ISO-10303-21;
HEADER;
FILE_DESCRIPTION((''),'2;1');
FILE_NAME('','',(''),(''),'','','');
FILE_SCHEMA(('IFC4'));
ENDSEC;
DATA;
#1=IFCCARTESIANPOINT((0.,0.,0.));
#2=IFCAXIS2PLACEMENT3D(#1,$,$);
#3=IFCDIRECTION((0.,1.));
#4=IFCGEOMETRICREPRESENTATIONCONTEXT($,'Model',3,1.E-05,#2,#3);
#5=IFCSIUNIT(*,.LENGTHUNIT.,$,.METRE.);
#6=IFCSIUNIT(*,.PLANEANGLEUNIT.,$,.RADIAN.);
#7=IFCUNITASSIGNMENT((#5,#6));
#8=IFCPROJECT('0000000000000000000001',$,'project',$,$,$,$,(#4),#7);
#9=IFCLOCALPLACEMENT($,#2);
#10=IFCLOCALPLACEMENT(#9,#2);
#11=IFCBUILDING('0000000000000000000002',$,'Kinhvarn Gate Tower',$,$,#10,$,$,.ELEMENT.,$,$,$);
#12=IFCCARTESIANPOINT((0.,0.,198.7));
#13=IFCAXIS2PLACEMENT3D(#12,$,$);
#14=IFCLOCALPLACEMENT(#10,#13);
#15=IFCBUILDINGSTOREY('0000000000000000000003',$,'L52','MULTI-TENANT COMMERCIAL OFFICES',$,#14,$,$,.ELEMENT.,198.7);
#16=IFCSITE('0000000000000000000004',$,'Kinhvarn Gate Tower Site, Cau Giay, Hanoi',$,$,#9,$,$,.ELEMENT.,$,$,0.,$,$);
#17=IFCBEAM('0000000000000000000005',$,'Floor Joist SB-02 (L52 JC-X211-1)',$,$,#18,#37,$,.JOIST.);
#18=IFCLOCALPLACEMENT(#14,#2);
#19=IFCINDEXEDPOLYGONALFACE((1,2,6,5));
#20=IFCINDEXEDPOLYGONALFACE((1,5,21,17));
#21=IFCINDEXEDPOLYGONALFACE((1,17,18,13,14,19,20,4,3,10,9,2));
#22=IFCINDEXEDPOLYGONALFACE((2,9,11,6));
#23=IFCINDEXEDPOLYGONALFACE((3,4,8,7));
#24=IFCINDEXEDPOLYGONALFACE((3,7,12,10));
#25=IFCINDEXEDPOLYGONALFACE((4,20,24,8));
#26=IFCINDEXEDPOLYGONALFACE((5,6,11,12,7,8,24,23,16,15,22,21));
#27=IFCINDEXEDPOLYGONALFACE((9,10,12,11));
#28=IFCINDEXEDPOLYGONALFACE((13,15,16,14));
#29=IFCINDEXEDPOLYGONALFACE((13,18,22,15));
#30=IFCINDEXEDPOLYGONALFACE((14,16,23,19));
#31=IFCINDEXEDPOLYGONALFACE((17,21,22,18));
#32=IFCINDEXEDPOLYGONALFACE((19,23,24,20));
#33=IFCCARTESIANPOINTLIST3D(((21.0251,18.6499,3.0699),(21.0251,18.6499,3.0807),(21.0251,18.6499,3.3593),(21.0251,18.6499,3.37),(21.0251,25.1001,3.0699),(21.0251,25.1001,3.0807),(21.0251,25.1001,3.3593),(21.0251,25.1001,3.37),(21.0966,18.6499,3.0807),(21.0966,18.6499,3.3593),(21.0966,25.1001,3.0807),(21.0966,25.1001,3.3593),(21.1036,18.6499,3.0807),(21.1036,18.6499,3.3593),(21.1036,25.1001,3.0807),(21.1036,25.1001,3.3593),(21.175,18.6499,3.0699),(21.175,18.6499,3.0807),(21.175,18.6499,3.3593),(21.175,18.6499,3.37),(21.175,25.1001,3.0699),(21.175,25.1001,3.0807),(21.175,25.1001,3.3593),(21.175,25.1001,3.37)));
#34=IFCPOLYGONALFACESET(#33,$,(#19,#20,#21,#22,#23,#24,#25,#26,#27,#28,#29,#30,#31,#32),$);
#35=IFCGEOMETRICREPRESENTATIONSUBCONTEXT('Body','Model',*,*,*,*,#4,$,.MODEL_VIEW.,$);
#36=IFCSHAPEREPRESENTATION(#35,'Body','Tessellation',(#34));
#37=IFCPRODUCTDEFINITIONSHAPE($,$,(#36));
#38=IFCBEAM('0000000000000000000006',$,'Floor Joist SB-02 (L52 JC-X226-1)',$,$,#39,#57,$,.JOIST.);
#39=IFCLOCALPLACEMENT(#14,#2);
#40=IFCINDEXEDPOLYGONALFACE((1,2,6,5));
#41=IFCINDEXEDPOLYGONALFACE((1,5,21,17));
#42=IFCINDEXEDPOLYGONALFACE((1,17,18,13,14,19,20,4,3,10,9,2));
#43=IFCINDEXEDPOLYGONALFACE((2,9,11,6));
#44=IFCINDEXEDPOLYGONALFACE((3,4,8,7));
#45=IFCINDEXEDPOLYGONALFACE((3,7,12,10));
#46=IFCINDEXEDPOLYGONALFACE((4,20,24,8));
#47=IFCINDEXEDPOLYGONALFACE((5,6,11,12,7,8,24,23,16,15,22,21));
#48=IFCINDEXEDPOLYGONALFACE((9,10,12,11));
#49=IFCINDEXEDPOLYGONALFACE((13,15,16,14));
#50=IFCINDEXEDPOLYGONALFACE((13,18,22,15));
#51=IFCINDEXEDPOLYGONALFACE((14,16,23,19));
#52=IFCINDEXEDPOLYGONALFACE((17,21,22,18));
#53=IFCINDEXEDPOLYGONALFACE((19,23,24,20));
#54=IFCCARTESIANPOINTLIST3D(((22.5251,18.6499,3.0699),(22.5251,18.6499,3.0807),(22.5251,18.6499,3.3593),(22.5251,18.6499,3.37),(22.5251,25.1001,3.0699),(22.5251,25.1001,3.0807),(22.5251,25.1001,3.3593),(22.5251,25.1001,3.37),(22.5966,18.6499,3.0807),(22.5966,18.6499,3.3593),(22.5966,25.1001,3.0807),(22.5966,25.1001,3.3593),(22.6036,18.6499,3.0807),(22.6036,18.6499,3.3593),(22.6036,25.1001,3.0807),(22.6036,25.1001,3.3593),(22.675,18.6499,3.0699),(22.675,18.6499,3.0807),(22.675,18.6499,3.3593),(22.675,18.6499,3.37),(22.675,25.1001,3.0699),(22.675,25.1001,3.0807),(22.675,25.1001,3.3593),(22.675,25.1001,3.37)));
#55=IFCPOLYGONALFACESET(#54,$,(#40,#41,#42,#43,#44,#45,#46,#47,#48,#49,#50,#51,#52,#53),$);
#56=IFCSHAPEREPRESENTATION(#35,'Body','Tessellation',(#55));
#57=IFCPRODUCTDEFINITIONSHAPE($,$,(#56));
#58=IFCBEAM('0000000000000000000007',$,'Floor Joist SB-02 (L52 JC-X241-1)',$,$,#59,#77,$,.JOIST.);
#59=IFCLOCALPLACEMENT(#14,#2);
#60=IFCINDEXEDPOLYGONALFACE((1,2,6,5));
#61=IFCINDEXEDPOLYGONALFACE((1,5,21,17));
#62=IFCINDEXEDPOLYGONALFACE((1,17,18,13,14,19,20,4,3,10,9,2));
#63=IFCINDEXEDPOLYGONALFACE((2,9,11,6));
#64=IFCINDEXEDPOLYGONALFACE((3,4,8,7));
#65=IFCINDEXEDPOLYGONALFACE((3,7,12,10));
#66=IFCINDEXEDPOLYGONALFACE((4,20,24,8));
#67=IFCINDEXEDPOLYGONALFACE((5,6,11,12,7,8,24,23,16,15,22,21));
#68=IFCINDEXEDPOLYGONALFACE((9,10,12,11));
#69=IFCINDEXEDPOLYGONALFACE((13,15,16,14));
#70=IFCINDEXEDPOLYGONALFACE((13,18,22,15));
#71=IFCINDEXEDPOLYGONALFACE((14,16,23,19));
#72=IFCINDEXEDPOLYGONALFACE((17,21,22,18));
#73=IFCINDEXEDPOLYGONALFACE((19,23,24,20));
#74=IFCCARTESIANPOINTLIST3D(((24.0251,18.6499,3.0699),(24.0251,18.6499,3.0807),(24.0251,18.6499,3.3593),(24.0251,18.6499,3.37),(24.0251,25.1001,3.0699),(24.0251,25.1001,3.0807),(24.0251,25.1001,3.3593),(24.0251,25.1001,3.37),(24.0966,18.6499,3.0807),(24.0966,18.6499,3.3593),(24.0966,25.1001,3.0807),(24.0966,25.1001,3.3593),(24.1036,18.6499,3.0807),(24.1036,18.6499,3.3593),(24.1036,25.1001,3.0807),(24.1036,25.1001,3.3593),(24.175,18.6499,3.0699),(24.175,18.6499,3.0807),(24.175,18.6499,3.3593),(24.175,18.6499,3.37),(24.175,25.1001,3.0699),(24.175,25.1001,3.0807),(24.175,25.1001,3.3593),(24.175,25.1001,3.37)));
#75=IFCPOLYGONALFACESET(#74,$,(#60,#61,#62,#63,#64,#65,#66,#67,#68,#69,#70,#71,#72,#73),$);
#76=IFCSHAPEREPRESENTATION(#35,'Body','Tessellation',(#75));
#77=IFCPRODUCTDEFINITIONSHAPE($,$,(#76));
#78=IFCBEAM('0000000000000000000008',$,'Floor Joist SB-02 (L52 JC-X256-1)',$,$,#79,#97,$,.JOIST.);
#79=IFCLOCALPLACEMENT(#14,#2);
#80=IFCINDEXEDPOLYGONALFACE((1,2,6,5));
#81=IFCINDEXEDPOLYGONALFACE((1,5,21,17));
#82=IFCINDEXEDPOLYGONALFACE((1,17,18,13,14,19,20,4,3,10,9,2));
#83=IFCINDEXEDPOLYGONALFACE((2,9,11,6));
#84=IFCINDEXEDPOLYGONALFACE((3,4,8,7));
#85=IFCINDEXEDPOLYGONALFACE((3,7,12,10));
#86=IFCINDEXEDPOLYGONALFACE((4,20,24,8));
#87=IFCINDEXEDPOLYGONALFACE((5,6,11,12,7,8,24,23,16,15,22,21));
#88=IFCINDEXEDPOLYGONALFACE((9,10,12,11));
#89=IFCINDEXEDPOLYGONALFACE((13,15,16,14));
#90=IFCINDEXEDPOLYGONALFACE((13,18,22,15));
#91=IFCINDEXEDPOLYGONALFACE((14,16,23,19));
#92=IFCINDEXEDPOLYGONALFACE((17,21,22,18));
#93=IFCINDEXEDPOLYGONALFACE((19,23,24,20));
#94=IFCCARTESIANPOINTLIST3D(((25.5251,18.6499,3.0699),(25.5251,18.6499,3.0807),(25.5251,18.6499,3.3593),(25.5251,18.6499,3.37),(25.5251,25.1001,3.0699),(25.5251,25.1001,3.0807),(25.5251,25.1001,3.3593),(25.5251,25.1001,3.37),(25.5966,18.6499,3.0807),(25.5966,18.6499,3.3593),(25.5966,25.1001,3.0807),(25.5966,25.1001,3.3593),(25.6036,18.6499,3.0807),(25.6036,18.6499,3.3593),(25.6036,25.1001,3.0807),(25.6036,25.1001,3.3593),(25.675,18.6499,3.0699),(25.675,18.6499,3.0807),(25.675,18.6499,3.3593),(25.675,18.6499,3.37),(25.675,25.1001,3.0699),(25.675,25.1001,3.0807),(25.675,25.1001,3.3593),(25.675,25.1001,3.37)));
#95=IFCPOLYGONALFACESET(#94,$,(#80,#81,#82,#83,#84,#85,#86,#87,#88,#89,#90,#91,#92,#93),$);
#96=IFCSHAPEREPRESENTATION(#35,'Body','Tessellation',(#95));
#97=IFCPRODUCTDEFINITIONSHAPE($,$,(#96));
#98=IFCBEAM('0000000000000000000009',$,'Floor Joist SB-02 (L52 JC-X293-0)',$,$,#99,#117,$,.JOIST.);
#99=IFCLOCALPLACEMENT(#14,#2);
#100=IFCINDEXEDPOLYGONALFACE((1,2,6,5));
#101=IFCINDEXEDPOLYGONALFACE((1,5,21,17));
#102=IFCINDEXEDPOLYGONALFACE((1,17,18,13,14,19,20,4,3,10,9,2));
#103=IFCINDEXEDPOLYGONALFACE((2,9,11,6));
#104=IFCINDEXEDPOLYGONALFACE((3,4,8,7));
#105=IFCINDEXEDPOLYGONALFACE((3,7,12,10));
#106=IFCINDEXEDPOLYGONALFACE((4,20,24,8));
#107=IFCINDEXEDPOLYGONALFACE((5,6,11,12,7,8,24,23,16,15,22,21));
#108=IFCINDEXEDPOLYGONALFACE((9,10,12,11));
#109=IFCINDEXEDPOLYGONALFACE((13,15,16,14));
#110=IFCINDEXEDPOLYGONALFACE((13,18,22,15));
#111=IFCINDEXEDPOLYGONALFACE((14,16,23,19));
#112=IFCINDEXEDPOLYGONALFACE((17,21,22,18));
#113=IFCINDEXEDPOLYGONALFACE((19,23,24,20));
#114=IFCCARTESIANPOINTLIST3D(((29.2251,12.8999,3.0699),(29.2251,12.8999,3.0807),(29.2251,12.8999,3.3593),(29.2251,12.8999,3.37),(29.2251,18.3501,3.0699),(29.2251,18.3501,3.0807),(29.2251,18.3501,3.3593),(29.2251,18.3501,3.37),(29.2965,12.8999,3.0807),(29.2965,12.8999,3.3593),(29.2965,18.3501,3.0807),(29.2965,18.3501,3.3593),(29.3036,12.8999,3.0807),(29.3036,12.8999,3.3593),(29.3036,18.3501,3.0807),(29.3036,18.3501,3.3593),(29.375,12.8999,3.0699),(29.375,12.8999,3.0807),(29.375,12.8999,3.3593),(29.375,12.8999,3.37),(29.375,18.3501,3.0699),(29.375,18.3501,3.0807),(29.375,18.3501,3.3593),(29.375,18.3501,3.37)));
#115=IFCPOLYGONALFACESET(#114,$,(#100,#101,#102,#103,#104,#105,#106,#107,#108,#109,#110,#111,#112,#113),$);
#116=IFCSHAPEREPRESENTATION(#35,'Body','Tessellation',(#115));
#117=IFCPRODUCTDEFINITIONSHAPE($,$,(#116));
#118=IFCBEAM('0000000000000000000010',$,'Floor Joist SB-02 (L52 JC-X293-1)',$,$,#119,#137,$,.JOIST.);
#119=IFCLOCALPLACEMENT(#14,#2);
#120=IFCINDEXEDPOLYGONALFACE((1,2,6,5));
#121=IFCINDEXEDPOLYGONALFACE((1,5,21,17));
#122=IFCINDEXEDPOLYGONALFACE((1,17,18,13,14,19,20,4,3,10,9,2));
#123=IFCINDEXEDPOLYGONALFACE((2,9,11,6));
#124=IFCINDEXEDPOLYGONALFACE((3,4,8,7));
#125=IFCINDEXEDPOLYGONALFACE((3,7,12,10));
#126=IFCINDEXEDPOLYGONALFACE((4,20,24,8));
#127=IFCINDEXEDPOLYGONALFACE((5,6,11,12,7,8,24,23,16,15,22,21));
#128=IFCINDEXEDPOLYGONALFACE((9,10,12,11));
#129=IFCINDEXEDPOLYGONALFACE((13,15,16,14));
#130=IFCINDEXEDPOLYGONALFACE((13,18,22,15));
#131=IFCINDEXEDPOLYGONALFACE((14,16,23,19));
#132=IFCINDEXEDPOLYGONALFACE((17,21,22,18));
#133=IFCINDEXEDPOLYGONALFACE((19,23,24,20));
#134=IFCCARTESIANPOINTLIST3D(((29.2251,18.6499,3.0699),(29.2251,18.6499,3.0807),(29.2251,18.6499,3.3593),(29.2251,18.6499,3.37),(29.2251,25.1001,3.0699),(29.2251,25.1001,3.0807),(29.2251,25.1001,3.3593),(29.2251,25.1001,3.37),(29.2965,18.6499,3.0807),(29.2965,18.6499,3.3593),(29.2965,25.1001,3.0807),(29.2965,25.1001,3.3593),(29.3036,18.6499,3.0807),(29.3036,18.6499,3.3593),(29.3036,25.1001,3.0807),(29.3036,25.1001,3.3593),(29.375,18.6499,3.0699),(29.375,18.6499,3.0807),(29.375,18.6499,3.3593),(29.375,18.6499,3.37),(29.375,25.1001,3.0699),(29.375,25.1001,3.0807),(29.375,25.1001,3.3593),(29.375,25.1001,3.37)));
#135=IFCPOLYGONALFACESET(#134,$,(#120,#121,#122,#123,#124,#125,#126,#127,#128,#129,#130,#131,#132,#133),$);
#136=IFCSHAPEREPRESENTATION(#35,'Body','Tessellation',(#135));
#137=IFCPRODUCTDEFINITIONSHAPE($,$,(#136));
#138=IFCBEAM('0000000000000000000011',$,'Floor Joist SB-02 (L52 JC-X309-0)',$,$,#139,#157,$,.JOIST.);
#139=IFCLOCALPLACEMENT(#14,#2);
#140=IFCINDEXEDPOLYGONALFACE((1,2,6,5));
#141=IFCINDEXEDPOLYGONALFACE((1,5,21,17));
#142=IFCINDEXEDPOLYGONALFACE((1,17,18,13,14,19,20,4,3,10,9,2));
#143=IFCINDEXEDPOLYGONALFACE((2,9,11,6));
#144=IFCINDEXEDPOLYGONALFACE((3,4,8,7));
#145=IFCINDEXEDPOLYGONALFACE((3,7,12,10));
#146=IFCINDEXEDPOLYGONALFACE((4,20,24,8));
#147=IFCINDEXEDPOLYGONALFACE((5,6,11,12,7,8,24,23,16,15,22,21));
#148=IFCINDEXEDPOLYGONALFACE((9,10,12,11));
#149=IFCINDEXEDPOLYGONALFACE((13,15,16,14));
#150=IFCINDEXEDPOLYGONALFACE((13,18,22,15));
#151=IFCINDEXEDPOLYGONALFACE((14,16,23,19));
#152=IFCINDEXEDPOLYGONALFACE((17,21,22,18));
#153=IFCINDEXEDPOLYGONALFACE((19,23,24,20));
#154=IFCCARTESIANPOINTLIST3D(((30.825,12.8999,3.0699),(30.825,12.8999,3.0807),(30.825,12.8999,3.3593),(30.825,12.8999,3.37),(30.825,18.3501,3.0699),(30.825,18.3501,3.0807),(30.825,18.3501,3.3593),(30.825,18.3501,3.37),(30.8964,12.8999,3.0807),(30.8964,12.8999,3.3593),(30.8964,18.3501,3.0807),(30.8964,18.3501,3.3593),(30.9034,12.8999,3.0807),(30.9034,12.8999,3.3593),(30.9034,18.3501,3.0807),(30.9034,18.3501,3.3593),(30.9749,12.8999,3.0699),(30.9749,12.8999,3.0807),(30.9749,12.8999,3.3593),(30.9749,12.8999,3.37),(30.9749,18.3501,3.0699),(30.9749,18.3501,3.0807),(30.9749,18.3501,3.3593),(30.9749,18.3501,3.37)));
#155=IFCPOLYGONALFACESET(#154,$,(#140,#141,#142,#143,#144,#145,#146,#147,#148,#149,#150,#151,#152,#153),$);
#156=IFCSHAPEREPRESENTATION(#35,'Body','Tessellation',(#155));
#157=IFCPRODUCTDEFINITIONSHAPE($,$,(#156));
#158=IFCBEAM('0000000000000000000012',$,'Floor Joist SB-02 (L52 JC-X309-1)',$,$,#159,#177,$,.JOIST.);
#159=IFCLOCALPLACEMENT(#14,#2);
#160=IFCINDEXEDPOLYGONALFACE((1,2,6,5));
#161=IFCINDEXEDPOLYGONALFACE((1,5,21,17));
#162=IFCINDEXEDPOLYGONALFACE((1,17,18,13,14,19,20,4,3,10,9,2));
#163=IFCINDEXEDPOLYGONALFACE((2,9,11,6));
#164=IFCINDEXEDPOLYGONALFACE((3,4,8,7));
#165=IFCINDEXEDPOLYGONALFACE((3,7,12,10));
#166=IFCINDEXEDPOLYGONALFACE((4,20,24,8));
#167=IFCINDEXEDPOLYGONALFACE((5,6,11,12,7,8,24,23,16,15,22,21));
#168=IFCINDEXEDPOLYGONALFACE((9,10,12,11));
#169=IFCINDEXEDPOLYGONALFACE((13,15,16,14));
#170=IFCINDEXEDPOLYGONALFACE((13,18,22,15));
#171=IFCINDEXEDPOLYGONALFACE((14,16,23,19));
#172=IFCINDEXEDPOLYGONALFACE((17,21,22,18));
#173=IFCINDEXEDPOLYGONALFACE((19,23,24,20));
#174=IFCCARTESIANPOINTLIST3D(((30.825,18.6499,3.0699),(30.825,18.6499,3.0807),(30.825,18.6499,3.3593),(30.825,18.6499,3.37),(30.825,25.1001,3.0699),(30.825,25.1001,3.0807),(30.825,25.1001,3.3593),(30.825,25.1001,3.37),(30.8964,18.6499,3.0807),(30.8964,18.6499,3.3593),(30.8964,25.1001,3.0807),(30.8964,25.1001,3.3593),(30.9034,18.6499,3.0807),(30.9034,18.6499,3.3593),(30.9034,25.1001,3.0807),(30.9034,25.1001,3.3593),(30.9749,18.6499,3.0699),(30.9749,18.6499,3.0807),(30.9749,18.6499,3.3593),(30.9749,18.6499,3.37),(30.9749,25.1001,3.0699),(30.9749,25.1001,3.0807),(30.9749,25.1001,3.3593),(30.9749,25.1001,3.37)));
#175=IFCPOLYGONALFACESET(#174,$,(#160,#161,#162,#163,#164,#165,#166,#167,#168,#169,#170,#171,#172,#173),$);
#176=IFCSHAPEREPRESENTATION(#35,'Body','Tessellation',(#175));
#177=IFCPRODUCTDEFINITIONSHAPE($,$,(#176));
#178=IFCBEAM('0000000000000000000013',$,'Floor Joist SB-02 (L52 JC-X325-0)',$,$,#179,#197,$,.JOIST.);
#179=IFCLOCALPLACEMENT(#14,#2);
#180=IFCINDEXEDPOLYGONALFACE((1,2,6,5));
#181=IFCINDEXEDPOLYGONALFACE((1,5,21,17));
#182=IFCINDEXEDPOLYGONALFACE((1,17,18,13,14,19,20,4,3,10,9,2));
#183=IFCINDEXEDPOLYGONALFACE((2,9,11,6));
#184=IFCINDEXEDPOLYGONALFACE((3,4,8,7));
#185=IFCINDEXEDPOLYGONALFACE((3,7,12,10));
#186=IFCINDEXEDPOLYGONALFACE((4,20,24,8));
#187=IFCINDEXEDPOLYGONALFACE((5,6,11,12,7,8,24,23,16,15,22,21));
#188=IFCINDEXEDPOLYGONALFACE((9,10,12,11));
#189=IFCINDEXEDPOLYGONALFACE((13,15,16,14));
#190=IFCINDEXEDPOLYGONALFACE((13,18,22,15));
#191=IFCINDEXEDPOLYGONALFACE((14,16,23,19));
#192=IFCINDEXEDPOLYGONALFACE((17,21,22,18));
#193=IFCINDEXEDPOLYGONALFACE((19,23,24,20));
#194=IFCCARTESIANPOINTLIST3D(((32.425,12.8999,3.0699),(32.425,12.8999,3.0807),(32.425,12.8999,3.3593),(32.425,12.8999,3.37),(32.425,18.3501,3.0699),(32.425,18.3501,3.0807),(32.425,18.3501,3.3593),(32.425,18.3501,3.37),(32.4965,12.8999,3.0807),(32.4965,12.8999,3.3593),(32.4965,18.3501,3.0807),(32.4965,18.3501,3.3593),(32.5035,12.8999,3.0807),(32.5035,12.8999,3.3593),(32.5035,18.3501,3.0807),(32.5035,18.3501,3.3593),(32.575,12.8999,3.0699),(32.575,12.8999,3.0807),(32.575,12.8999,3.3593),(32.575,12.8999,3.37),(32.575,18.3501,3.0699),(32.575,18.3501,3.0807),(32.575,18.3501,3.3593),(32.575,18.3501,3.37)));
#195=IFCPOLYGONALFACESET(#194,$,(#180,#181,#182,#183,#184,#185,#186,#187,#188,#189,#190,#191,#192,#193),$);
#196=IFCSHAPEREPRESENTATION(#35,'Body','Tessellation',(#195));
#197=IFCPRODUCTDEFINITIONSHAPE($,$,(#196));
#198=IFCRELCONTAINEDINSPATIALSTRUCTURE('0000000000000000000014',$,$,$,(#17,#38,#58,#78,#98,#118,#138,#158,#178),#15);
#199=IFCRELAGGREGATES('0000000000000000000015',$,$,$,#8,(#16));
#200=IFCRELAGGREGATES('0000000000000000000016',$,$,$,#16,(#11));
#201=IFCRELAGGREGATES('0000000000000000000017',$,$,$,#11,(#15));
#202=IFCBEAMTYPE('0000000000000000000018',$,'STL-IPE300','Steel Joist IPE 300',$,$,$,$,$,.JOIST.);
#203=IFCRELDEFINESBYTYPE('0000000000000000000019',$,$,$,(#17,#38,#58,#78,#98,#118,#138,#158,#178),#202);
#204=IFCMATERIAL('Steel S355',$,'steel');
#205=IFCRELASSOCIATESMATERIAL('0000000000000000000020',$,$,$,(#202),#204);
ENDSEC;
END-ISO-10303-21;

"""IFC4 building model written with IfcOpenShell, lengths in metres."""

from ifc_helpers import new_model, si_unit, direction, frame, origin, origin_2d, place, context, subcontext, project, spatial, i_section, extrude, material, material_profile, profile_set, type_object, element, save


model = new_model("IFC4")

# Units and contexts
model_context = context("Model", 3, precision=1e-05, world=origin(), true_north=direction((0.0, 1.0)))
body_context = subcontext(model_context, "Body", "Model", "MODEL_VIEW")
ifc_project = project(units=[si_unit("LENGTHUNIT", "METRE"), si_unit("PLANEANGLEUNIT", "RADIAN")], contexts=[model_context])

# Site, building, storey
site_placement = place(None, origin())
site = spatial("IfcSite", under=ifc_project, at=site_placement, Name="Kinhvarn Gate Tower Site, Cau Giay, Hanoi", CompositionType="ELEMENT", RefElevation=0.0)
building_placement = place(site_placement, origin())
building = spatial("IfcBuilding", under=site, at=building_placement, Name="Kinhvarn Gate Tower", CompositionType="ELEMENT")
storey_placement = place(building_placement, frame((0.0, 0.0, 198.7)))
storey = spatial("IfcBuildingStorey", under=building, at=storey_placement, Name="L52", Description="MULTI-TENANT COMMERCIAL OFFICES", CompositionType="ELEMENT", Elevation=198.7)

# Beams
ifc_material_1 = material(Name="Steel S355", Category="steel")
ifc_material_profile = material_profile(ifc_material_1, i_section(OverallWidth=0.1499, OverallDepth=0.3, WebThickness=0.0071, FlangeThickness=0.0107, at=origin_2d()), Name="IPE 300")
ifc_profile_set = profile_set([ifc_material_profile], Name="Steel S355")
beam_type = type_object("IfcBeamType", Name="STL-IPE300", Description="Steel Joist IPE 300", PredefinedType="JOIST", material=ifc_profile_set)
for number, where, z_axis, x_axis, name in (
    (1, (21.1001, 18.6499, 3.22), (0.0, 1.0, 0.0), (-1.0, 0.0, 0.0), "Floor Joist SB-02 (L52 JC-X211-1)"),
    (2, (22.6001, 18.6499, 3.22), (0.0, 1.0, 0.0), (-1.0, 0.0, 0.0), "Floor Joist SB-02 (L52 JC-X226-1)"),
    (3, (24.1001, 18.6499, 3.22), (0.0, 1.0, 0.0), (-1.0, 0.0, 0.0), "Floor Joist SB-02 (L52 JC-X241-1)"),
    (4, (25.6001, 18.6499, 3.22), (0.0, 1.0, 0.0), (-1.0, 0.0, 0.0), "Floor Joist SB-02 (L52 JC-X256-1)"),
):
    element("IfcBeam", number, at=place(storey_placement, frame(where, z_axis=z_axis, x_axis=x_axis)), inside=storey, type_object=beam_type, Name=name, PredefinedType="JOIST", context=body_context, shape_type="SweptSolid", body=[
        extrude(i_section(OverallWidth=0.1499, OverallDepth=0.3, WebThickness=0.0071, FlangeThickness=0.0107, at=origin_2d()), origin(), (0.0, 0.0, 1.0), 6.4502),
    ])
beam_1_placement = place(storey_placement, frame((29.3, 12.8999, 3.22), z_axis=(0.0, 1.0, 0.0), x_axis=(-1.0, 0.0, 0.0)))
element("IfcBeam", 5, at=beam_1_placement, inside=storey, type_object=beam_type, Name="Floor Joist SB-02 (L52 JC-X293-0)", PredefinedType="JOIST", context=body_context, shape_type="SweptSolid", body=[
    extrude(i_section(OverallWidth=0.1499, OverallDepth=0.3, WebThickness=0.0071, FlangeThickness=0.0107, at=origin_2d()), origin(), (0.0, 0.0, 1.0), 5.4502),
])
beam_2_placement = place(storey_placement, frame((29.3, 18.6499, 3.22), z_axis=(0.0, 1.0, 0.0), x_axis=(-1.0, 0.0, 0.0)))
element("IfcBeam", 6, at=beam_2_placement, inside=storey, type_object=beam_type, Name="Floor Joist SB-02 (L52 JC-X293-1)", PredefinedType="JOIST", context=body_context, shape_type="SweptSolid", body=[
    extrude(i_section(OverallWidth=0.1499, OverallDepth=0.3, WebThickness=0.0071, FlangeThickness=0.0107, at=origin_2d()), origin(), (0.0, 0.0, 1.0), 6.4502),
])
beam_3_placement = place(storey_placement, frame((30.8999, 12.8999, 3.22), z_axis=(0.0, 1.0, 0.0), x_axis=(-1.0, 0.0, 0.0)))
element("IfcBeam", 7, at=beam_3_placement, inside=storey, type_object=beam_type, Name="Floor Joist SB-02 (L52 JC-X309-0)", PredefinedType="JOIST", context=body_context, shape_type="SweptSolid", body=[
    extrude(i_section(OverallWidth=0.1499, OverallDepth=0.3, WebThickness=0.0071, FlangeThickness=0.0107, at=origin_2d()), origin(), (0.0, 0.0, 1.0), 5.4502),
])
beam_4_placement = place(storey_placement, frame((30.8999, 18.6499, 3.22), z_axis=(0.0, 1.0, 0.0), x_axis=(-1.0, 0.0, 0.0)))
element("IfcBeam", 8, at=beam_4_placement, inside=storey, type_object=beam_type, Name="Floor Joist SB-02 (L52 JC-X309-1)", PredefinedType="JOIST", context=body_context, shape_type="SweptSolid", body=[
    extrude(i_section(OverallWidth=0.1499, OverallDepth=0.3, WebThickness=0.0071, FlangeThickness=0.0107, at=origin_2d()), origin(), (0.0, 0.0, 1.0), 6.4502),
])
beam_5_placement = place(storey_placement, frame((32.5, 12.8999, 3.22), z_axis=(0.0, 1.0, 0.0), x_axis=(-1.0, 0.0, 0.0)))
element("IfcBeam", 9, at=beam_5_placement, inside=storey, type_object=beam_type, Name="Floor Joist SB-02 (L52 JC-X325-0)", PredefinedType="JOIST", context=body_context, shape_type="SweptSolid", body=[
    extrude(i_section(OverallWidth=0.1499, OverallDepth=0.3, WebThickness=0.0071, FlangeThickness=0.0107, at=origin_2d()), origin(), (0.0, 0.0, 1.0), 5.4502),
])

save(model, "model.ifc")
